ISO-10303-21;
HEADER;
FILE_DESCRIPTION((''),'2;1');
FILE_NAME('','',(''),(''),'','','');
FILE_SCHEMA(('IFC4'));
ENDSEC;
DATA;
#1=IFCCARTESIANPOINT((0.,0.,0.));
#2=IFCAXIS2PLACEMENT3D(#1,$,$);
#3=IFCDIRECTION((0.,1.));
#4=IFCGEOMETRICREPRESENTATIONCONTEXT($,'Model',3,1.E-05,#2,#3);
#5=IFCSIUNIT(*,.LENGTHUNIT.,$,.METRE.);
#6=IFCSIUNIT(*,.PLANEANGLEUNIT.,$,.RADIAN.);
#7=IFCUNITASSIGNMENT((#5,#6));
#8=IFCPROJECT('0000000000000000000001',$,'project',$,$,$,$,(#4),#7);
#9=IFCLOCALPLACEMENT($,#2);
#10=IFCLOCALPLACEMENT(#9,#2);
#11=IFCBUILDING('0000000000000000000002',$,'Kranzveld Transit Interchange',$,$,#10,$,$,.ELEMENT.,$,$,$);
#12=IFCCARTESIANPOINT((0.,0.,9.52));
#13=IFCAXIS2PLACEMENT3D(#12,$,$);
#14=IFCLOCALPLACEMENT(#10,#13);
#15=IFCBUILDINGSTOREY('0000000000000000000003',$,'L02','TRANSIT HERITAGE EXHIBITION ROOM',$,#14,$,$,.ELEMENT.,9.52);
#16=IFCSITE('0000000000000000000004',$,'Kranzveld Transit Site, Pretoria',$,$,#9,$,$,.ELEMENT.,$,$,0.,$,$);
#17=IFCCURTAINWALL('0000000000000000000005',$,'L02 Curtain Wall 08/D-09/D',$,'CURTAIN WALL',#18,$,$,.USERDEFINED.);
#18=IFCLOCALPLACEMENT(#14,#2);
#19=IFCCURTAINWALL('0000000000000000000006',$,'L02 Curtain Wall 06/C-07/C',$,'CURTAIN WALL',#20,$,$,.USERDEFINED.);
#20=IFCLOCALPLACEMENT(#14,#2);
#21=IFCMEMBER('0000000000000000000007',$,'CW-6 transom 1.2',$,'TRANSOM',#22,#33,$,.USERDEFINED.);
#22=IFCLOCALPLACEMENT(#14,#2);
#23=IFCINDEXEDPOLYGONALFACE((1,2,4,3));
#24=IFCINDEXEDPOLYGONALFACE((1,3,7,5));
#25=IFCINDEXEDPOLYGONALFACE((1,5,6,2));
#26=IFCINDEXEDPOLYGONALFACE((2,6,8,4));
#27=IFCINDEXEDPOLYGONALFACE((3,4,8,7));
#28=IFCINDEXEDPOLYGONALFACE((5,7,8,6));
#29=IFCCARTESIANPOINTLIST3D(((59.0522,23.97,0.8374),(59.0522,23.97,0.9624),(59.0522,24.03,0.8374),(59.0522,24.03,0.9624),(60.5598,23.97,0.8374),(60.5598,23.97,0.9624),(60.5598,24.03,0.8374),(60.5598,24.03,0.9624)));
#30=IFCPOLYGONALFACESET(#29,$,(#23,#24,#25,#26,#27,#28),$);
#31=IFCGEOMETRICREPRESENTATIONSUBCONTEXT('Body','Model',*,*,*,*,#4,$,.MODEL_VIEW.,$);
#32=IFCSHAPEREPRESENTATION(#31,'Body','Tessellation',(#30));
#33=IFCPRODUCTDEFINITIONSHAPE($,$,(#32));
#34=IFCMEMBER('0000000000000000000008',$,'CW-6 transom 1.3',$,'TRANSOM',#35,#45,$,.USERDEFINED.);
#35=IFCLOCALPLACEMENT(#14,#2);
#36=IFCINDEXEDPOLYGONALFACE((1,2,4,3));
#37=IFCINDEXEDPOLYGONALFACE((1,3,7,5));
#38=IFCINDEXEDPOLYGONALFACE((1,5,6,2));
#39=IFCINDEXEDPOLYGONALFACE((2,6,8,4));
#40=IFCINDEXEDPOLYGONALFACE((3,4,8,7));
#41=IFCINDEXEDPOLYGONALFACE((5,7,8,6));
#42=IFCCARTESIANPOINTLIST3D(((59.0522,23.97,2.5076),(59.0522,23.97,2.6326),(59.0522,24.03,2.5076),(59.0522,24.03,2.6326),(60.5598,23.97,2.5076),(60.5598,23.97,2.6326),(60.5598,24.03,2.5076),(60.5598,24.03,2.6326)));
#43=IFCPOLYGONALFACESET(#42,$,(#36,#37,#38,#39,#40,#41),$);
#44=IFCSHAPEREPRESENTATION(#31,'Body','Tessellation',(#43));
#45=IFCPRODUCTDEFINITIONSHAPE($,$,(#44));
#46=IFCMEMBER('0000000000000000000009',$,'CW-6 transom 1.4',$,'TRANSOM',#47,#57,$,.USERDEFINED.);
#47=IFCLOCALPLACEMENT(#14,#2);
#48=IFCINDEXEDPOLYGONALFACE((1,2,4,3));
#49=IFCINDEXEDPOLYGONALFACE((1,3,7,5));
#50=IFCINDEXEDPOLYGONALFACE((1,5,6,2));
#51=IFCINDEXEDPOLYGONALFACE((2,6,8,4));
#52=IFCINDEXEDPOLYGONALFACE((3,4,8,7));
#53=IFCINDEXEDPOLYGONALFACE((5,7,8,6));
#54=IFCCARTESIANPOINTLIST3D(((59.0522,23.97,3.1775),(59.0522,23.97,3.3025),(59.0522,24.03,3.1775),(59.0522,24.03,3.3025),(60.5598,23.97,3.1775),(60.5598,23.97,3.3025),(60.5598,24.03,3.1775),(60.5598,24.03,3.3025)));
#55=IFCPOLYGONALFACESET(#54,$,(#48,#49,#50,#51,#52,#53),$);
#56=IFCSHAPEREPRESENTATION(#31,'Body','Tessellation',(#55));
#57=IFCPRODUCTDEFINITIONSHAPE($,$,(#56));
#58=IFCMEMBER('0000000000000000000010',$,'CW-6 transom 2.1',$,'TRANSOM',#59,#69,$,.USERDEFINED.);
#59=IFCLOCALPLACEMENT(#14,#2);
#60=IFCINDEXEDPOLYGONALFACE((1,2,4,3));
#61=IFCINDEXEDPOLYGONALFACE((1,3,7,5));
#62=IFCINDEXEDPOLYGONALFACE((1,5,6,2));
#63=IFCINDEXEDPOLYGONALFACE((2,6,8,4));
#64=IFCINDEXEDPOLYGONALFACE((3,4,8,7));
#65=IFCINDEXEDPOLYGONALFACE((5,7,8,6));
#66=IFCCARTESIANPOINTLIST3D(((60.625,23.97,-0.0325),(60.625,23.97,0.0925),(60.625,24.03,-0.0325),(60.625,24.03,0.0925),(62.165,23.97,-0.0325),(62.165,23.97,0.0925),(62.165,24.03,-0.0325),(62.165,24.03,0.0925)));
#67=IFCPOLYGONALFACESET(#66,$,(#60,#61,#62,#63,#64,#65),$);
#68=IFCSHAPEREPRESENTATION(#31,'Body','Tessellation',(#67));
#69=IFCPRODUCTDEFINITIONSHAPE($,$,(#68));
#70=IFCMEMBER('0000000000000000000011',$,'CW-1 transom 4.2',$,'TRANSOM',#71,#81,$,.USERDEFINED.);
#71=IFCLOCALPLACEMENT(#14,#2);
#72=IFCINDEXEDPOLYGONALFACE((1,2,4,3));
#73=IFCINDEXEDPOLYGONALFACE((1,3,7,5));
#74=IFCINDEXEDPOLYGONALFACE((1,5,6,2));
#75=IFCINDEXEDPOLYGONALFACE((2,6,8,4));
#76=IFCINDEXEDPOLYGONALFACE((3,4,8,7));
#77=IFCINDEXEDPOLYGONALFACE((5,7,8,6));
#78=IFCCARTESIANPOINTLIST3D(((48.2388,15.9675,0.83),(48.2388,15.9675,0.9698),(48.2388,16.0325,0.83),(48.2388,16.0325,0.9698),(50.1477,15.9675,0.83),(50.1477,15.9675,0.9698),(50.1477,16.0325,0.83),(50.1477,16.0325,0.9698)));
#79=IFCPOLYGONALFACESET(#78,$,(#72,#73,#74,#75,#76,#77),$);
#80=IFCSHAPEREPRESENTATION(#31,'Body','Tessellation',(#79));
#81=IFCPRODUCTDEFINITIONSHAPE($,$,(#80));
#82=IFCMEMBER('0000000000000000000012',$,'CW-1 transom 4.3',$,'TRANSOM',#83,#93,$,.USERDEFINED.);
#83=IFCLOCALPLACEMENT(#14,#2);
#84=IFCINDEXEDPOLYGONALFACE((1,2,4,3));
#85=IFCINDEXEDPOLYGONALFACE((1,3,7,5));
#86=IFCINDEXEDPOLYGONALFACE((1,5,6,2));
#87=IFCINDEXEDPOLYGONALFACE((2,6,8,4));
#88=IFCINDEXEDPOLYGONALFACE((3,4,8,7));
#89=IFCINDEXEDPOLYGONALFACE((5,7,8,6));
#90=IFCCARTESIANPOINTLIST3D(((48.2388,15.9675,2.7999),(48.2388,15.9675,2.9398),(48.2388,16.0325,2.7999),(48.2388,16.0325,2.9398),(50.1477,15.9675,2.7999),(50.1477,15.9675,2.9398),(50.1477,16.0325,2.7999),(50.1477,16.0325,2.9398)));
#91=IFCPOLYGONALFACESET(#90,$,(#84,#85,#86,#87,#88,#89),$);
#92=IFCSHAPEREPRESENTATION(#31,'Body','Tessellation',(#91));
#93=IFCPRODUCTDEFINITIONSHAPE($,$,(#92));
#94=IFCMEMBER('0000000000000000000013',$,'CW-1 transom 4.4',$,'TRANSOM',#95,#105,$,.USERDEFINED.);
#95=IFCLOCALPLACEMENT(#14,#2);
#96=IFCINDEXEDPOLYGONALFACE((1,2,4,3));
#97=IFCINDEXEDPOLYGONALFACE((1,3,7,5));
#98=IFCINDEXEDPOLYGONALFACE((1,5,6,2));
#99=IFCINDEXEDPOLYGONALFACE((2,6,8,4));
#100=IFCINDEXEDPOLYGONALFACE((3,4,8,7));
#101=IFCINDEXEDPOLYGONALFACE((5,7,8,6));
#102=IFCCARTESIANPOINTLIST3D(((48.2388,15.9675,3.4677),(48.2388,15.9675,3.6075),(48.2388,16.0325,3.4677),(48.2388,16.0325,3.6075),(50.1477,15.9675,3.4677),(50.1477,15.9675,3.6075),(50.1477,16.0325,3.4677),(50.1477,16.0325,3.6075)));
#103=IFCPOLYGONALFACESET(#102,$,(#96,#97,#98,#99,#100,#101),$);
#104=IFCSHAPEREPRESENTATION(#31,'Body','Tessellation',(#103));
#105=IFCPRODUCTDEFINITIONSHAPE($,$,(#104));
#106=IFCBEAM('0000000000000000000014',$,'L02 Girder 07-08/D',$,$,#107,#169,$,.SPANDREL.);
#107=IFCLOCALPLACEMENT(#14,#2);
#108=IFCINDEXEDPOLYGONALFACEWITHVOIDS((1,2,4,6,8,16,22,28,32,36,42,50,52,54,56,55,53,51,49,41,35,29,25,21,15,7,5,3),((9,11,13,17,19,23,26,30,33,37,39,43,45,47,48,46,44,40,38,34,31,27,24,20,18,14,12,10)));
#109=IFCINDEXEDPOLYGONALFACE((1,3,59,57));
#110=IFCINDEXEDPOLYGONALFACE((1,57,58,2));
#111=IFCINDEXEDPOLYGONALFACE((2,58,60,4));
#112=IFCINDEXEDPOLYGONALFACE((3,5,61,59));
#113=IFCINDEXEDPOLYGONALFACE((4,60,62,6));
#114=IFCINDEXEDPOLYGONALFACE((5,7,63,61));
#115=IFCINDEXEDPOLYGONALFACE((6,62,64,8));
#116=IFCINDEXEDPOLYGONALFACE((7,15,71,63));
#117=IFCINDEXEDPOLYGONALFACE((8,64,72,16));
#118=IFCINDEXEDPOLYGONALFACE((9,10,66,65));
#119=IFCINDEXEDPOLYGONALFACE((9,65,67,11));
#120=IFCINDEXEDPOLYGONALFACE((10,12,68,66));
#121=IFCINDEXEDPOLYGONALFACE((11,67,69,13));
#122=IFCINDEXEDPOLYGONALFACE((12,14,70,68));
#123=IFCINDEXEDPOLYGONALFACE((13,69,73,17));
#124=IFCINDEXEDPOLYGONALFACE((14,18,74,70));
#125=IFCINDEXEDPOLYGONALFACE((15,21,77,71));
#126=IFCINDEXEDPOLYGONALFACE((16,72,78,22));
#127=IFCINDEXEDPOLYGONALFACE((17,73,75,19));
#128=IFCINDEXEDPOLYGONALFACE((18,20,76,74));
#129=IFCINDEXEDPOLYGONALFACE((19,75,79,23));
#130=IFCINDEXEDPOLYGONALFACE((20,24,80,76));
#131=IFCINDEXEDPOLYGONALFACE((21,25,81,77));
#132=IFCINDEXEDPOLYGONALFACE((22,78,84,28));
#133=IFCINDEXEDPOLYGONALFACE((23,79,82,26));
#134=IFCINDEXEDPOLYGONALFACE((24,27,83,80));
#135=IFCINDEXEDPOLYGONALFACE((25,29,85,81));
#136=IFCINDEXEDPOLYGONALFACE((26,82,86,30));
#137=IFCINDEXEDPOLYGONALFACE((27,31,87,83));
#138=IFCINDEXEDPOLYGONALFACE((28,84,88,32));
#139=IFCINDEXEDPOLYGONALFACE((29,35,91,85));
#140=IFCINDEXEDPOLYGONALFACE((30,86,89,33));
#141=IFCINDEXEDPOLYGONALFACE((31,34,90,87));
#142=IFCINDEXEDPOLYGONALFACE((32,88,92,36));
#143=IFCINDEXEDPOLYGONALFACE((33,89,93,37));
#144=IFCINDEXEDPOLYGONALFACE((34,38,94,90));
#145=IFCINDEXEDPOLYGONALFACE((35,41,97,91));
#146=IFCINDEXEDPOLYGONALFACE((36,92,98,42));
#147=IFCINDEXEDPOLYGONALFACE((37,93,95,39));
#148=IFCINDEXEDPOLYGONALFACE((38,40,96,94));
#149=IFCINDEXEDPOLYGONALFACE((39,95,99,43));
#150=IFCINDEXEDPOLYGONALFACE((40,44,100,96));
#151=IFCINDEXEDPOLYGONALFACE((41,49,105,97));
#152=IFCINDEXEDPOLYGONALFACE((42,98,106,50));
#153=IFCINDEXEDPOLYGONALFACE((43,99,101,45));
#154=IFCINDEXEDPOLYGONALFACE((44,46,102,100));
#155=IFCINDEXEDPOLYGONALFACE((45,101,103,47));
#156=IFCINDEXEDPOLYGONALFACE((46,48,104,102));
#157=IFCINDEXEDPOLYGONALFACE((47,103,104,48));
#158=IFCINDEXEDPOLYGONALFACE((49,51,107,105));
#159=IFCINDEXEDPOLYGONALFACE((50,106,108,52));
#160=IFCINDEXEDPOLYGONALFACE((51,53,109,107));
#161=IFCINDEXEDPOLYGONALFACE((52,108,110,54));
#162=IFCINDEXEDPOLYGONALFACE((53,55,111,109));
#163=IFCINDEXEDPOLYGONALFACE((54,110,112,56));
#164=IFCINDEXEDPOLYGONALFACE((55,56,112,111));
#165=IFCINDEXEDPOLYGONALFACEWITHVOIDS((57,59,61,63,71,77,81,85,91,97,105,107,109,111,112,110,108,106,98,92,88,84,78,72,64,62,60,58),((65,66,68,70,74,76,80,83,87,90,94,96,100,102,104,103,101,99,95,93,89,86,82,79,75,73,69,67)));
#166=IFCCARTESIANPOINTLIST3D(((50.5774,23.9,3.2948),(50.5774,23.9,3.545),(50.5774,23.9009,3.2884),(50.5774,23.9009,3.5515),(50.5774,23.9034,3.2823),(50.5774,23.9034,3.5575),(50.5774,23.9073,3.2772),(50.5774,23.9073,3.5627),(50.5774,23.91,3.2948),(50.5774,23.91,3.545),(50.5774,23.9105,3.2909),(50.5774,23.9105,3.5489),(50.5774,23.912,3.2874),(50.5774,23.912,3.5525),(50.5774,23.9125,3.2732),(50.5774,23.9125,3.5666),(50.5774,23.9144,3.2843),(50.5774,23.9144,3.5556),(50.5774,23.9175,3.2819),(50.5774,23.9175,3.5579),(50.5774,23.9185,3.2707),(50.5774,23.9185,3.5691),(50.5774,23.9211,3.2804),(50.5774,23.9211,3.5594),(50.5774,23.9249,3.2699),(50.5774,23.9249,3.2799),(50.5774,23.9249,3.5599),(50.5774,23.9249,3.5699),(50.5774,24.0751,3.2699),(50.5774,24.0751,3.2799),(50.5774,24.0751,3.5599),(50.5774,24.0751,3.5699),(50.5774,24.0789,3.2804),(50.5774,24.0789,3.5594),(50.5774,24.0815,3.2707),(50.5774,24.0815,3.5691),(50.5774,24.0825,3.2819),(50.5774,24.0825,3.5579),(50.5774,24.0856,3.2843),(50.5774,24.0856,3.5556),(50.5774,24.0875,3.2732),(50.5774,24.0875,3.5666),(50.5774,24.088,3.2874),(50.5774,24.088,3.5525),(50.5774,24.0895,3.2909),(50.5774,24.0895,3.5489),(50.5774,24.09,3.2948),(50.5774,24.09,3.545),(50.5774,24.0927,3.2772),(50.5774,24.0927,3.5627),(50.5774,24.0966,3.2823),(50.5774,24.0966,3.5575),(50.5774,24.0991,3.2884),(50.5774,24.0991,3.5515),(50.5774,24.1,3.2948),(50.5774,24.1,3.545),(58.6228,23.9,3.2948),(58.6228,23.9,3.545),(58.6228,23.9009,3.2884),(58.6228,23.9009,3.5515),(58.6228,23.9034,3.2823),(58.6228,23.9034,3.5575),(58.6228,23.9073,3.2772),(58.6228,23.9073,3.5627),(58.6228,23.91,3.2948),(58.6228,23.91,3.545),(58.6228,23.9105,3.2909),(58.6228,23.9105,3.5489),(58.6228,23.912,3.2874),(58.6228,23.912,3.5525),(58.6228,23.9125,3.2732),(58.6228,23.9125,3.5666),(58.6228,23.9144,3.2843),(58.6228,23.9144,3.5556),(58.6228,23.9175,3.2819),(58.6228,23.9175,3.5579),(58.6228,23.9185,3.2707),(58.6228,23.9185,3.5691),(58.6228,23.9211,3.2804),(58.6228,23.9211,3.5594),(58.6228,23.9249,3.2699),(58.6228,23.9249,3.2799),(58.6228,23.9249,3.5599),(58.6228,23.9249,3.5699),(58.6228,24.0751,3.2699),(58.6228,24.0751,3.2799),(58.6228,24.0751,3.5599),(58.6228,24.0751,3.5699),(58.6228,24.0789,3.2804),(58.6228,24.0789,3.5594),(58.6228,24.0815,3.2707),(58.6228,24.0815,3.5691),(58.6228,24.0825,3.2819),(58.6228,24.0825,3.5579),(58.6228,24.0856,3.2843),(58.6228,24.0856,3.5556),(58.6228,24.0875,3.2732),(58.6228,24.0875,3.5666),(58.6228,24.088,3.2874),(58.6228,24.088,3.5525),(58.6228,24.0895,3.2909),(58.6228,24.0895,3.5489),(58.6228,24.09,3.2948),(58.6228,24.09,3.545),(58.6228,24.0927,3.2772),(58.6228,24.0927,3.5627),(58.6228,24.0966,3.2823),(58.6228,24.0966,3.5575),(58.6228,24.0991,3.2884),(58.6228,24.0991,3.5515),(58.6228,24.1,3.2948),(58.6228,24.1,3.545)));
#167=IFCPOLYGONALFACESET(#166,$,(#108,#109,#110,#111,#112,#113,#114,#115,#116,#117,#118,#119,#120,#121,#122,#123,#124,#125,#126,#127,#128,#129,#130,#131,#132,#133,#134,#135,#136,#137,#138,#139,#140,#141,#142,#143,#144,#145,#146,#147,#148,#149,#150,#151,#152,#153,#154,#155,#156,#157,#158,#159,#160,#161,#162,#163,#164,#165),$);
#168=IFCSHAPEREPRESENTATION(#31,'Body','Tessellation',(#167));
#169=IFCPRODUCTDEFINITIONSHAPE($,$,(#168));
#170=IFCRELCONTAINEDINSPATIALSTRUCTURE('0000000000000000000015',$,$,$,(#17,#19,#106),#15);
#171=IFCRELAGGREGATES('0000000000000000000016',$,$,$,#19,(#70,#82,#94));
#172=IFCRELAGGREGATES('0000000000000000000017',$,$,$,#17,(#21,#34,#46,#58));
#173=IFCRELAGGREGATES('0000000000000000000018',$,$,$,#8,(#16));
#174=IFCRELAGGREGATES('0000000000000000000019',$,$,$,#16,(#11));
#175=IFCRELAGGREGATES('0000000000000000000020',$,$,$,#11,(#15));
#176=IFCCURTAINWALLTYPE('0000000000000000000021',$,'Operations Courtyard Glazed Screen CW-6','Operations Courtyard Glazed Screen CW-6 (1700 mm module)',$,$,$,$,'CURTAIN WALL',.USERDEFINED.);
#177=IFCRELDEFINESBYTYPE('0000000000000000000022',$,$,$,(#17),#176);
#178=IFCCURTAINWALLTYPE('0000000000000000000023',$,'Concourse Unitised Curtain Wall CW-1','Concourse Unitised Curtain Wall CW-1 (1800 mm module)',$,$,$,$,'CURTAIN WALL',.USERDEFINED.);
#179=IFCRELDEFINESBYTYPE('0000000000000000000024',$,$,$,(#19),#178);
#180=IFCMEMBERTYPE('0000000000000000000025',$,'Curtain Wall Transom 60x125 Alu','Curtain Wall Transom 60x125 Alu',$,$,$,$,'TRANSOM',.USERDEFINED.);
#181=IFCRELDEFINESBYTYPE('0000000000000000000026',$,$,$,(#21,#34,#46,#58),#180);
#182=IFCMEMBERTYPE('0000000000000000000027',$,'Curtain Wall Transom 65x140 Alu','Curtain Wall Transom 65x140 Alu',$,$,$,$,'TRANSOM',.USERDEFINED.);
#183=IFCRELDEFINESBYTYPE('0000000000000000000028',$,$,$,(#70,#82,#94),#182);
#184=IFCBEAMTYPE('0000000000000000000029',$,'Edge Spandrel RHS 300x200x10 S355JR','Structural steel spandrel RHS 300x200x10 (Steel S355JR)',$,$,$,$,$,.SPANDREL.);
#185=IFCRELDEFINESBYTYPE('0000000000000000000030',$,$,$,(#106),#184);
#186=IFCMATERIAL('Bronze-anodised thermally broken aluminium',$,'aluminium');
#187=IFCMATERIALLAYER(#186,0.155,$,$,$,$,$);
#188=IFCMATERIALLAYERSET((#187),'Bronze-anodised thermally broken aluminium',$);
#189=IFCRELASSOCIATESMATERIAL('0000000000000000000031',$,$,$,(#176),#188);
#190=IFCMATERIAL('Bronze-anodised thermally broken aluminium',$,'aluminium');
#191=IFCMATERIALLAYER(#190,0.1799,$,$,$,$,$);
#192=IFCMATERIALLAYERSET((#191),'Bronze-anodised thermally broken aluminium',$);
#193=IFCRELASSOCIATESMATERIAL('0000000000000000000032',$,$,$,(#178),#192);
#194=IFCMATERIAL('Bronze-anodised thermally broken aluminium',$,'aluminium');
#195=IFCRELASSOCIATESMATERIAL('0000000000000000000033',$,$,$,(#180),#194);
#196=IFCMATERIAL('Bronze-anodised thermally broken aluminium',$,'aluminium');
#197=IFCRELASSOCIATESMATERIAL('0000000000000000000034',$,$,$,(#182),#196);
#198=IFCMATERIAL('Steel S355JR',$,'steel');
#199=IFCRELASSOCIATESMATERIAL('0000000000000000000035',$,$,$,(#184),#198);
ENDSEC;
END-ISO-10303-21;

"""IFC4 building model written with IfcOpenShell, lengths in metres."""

from ifc_helpers import new_model, si_unit, direction, frame, origin, origin_2d, place, context, subcontext, project, spatial, rectangle, hollow_rectangle, extrude, material, layer, layer_set, material_profile, profile_set, type_object, element, aggregate, save


model = new_model("IFC4")

# Units and contexts
model_context = context("Model", 3, precision=1e-05, world=origin(), true_north=direction((0.0, 1.0)))
body_context = subcontext(model_context, "Body", "Model", "MODEL_VIEW")
ifc_project = project(units=[si_unit("LENGTHUNIT", "METRE"), si_unit("PLANEANGLEUNIT", "RADIAN")], contexts=[model_context])

# Site, building, storey
site_placement = place(None, origin())
site = spatial("IfcSite", under=ifc_project, at=site_placement, Name="Kranzveld Transit Site, Pretoria", CompositionType="ELEMENT", RefElevation=0.0)
building_placement = place(site_placement, origin())
building = spatial("IfcBuilding", under=site, at=building_placement, Name="Kranzveld Transit Interchange", CompositionType="ELEMENT")
storey_placement = place(building_placement, frame((0.0, 0.0, 9.52)))
storey = spatial("IfcBuildingStorey", under=building, at=storey_placement, Name="L02", Description="TRANSIT HERITAGE EXHIBITION ROOM", CompositionType="ELEMENT", Elevation=9.52)

# Curtain wall
ifc_material_1 = material(Name="Bronze-anodised thermally broken aluminium", Category="aluminium")
ifc_layer_1 = layer(ifc_material_1, 0.155)
ifc_layer_set_1 = layer_set([ifc_layer_1], Name="Bronze-anodised thermally broken aluminium")
curtain_wall_type_1 = type_object("IfcCurtainWallType", Name="Operations Courtyard Glazed Screen CW-6", Description="Operations Courtyard Glazed Screen CW-6 (1700 mm module)", ElementType="CURTAIN WALL", PredefinedType="USERDEFINED", material=ifc_layer_set_1)
curtain_wall_1_placement = place(storey_placement, origin())
curtain_wall_1 = element("IfcCurtainWall", 1, at=curtain_wall_1_placement, inside=storey, type_object=curtain_wall_type_1, Name="L02 Curtain Wall 08/D-09/D", ObjectType="CURTAIN WALL", PredefinedType="USERDEFINED")

# Curtain wall
ifc_material_2 = material(Name="Bronze-anodised thermally broken aluminium", Category="aluminium")
ifc_layer_2 = layer(ifc_material_2, 0.1799)
ifc_layer_set_2 = layer_set([ifc_layer_2], Name="Bronze-anodised thermally broken aluminium")
curtain_wall_type_2 = type_object("IfcCurtainWallType", Name="Concourse Unitised Curtain Wall CW-1", Description="Concourse Unitised Curtain Wall CW-1 (1800 mm module)", ElementType="CURTAIN WALL", PredefinedType="USERDEFINED", material=ifc_layer_set_2)
curtain_wall_2_placement = place(storey_placement, origin())
curtain_wall_2 = element("IfcCurtainWall", 2, at=curtain_wall_2_placement, inside=storey, type_object=curtain_wall_type_2, Name="L02 Curtain Wall 06/C-07/C", ObjectType="CURTAIN WALL", PredefinedType="USERDEFINED")

# Members
ifc_material_3 = material(Name="Bronze-anodised thermally broken aluminium", Category="aluminium")
ifc_material_profile_1 = material_profile(ifc_material_3, rectangle(XDim=0.0601, YDim=0.125, at=origin_2d()), Name="ALU TRANSOM 60x125")
ifc_profile_set_1 = profile_set([ifc_material_profile_1], Name="Bronze-anodised thermally broken aluminium")
member_type_1 = type_object("IfcMemberType", Name="Curtain Wall Transom 60x125 Alu", Description="Curtain Wall Transom 60x125 Alu", ElementType="TRANSOM", PredefinedType="USERDEFINED", material=ifc_profile_set_1)
member_1_placement = place(storey_placement, frame((59.0522, 24.0, 0.8999), z_axis=(1.0, 0.0, 0.0), x_axis=(0.0, 1.0, 0.0)))
member_1 = element("IfcMember", 3, at=member_1_placement, type_object=member_type_1, Name="CW-6 transom 1.2", ObjectType="TRANSOM", PredefinedType="USERDEFINED", context=body_context, shape_type="SweptSolid", body=[
    extrude(rectangle(XDim=0.0601, YDim=0.125, at=origin_2d()), origin(), (0.0, 0.0, 1.0), 1.5076),
])
member_2_placement = place(storey_placement, frame((59.0522, 24.0, 2.5701), z_axis=(1.0, 0.0, 0.0), x_axis=(0.0, 1.0, 0.0)))
member_2 = element("IfcMember", 4, at=member_2_placement, type_object=member_type_1, Name="CW-6 transom 1.3", ObjectType="TRANSOM", PredefinedType="USERDEFINED", context=body_context, shape_type="SweptSolid", body=[
    extrude(rectangle(XDim=0.0601, YDim=0.125, at=origin_2d()), origin(), (0.0, 0.0, 1.0), 1.5076),
])
member_3_placement = place(storey_placement, frame((59.0522, 24.0, 3.24), z_axis=(1.0, 0.0, 0.0), x_axis=(0.0, 1.0, 0.0)))
member_3 = element("IfcMember", 5, at=member_3_placement, type_object=member_type_1, Name="CW-6 transom 1.4", ObjectType="TRANSOM", PredefinedType="USERDEFINED", context=body_context, shape_type="SweptSolid", body=[
    extrude(rectangle(XDim=0.0601, YDim=0.125, at=origin_2d()), origin(), (0.0, 0.0, 1.0), 1.5076),
])
member_4_placement = place(storey_placement, frame((60.625, 24.0, 0.03), z_axis=(1.0, 0.0, 0.0), x_axis=(0.0, 1.0, 0.0)))
member_4 = element("IfcMember", 6, at=member_4_placement, type_object=member_type_1, Name="CW-6 transom 2.1", ObjectType="TRANSOM", PredefinedType="USERDEFINED", context=body_context, shape_type="SweptSolid", body=[
    extrude(rectangle(XDim=0.0601, YDim=0.125, at=origin_2d()), origin(), (0.0, 0.0, 1.0), 1.54),
])
ifc_material_4 = material(Name="Bronze-anodised thermally broken aluminium", Category="aluminium")
ifc_material_profile_2 = material_profile(ifc_material_4, rectangle(XDim=0.0649, YDim=0.1399, at=origin_2d()), Name="ALU TRANSOM 65x140")
ifc_profile_set_2 = profile_set([ifc_material_profile_2], Name="Bronze-anodised thermally broken aluminium")
member_type_2 = type_object("IfcMemberType", Name="Curtain Wall Transom 65x140 Alu", Description="Curtain Wall Transom 65x140 Alu", ElementType="TRANSOM", PredefinedType="USERDEFINED", material=ifc_profile_set_2)
member_5_placement = place(storey_placement, frame((48.2388, 16.0, 0.8999), z_axis=(1.0, 0.0, 0.0), x_axis=(0.0, 1.0, 0.0)))
member_5 = element("IfcMember", 7, at=member_5_placement, type_object=member_type_2, Name="CW-1 transom 4.2", ObjectType="TRANSOM", PredefinedType="USERDEFINED", context=body_context, shape_type="SweptSolid", body=[
    extrude(rectangle(XDim=0.0649, YDim=0.1399, at=origin_2d()), origin(), (0.0, 0.0, 1.0), 1.9089),
])
member_6_placement = place(storey_placement, frame((48.2388, 16.0, 2.8699), z_axis=(1.0, 0.0, 0.0), x_axis=(0.0, 1.0, 0.0)))
member_6 = element("IfcMember", 8, at=member_6_placement, type_object=member_type_2, Name="CW-1 transom 4.3", ObjectType="TRANSOM", PredefinedType="USERDEFINED", context=body_context, shape_type="SweptSolid", body=[
    extrude(rectangle(XDim=0.0649, YDim=0.1399, at=origin_2d()), origin(), (0.0, 0.0, 1.0), 1.9089),
])
member_7_placement = place(storey_placement, frame((48.2388, 16.0, 3.5376), z_axis=(1.0, 0.0, 0.0), x_axis=(0.0, 1.0, 0.0)))
member_7 = element("IfcMember", 9, at=member_7_placement, type_object=member_type_2, Name="CW-1 transom 4.4", ObjectType="TRANSOM", PredefinedType="USERDEFINED", context=body_context, shape_type="SweptSolid", body=[
    extrude(rectangle(XDim=0.0649, YDim=0.1399, at=origin_2d()), origin(), (0.0, 0.0, 1.0), 1.9089),
])

# Beam
ifc_material_5 = material(Name="Steel S355JR", Category="steel")
ifc_material_profile_3 = material_profile(ifc_material_5, hollow_rectangle(XDim=0.2, YDim=0.3, WallThickness=0.01, InnerFilletRadius=0.0149, OuterFilletRadius=0.0249, at=origin_2d()), Name="RHS 300x200x10")
ifc_profile_set_3 = profile_set([ifc_material_profile_3], Name="Steel S355JR")
beam_type_1 = type_object("IfcBeamType", Name="Edge Spandrel RHS 300x200x10 S355JR", Description="Structural steel spandrel RHS 300x200x10 (Steel S355JR)", PredefinedType="SPANDREL", material=ifc_profile_set_3)
for number, where, z_axis, x_axis, name in (
    (10, (50.5774, 24.0, 3.4199), (1.0, 0.0, 0.0), (0.0, 1.0, 0.0), "L02 Girder 07-08/D"),
):
    element("IfcBeam", number, at=place(storey_placement, frame(where, z_axis=z_axis, x_axis=x_axis)), inside=storey, type_object=beam_type_1, Name=name, PredefinedType="SPANDREL", context=body_context, shape_type="SweptSolid", body=[
        extrude(hollow_rectangle(XDim=0.2, YDim=0.3, WallThickness=0.01, InnerFilletRadius=0.0149, OuterFilletRadius=0.0249, at=origin_2d()), origin(), (0.0, 0.0, 1.0), 8.0454),
    ])

aggregate(curtain_wall_2, [member_5, member_6, member_7])
aggregate(curtain_wall_1, [member_1, member_2, member_3, member_4])

save(model, "model.ifc")
